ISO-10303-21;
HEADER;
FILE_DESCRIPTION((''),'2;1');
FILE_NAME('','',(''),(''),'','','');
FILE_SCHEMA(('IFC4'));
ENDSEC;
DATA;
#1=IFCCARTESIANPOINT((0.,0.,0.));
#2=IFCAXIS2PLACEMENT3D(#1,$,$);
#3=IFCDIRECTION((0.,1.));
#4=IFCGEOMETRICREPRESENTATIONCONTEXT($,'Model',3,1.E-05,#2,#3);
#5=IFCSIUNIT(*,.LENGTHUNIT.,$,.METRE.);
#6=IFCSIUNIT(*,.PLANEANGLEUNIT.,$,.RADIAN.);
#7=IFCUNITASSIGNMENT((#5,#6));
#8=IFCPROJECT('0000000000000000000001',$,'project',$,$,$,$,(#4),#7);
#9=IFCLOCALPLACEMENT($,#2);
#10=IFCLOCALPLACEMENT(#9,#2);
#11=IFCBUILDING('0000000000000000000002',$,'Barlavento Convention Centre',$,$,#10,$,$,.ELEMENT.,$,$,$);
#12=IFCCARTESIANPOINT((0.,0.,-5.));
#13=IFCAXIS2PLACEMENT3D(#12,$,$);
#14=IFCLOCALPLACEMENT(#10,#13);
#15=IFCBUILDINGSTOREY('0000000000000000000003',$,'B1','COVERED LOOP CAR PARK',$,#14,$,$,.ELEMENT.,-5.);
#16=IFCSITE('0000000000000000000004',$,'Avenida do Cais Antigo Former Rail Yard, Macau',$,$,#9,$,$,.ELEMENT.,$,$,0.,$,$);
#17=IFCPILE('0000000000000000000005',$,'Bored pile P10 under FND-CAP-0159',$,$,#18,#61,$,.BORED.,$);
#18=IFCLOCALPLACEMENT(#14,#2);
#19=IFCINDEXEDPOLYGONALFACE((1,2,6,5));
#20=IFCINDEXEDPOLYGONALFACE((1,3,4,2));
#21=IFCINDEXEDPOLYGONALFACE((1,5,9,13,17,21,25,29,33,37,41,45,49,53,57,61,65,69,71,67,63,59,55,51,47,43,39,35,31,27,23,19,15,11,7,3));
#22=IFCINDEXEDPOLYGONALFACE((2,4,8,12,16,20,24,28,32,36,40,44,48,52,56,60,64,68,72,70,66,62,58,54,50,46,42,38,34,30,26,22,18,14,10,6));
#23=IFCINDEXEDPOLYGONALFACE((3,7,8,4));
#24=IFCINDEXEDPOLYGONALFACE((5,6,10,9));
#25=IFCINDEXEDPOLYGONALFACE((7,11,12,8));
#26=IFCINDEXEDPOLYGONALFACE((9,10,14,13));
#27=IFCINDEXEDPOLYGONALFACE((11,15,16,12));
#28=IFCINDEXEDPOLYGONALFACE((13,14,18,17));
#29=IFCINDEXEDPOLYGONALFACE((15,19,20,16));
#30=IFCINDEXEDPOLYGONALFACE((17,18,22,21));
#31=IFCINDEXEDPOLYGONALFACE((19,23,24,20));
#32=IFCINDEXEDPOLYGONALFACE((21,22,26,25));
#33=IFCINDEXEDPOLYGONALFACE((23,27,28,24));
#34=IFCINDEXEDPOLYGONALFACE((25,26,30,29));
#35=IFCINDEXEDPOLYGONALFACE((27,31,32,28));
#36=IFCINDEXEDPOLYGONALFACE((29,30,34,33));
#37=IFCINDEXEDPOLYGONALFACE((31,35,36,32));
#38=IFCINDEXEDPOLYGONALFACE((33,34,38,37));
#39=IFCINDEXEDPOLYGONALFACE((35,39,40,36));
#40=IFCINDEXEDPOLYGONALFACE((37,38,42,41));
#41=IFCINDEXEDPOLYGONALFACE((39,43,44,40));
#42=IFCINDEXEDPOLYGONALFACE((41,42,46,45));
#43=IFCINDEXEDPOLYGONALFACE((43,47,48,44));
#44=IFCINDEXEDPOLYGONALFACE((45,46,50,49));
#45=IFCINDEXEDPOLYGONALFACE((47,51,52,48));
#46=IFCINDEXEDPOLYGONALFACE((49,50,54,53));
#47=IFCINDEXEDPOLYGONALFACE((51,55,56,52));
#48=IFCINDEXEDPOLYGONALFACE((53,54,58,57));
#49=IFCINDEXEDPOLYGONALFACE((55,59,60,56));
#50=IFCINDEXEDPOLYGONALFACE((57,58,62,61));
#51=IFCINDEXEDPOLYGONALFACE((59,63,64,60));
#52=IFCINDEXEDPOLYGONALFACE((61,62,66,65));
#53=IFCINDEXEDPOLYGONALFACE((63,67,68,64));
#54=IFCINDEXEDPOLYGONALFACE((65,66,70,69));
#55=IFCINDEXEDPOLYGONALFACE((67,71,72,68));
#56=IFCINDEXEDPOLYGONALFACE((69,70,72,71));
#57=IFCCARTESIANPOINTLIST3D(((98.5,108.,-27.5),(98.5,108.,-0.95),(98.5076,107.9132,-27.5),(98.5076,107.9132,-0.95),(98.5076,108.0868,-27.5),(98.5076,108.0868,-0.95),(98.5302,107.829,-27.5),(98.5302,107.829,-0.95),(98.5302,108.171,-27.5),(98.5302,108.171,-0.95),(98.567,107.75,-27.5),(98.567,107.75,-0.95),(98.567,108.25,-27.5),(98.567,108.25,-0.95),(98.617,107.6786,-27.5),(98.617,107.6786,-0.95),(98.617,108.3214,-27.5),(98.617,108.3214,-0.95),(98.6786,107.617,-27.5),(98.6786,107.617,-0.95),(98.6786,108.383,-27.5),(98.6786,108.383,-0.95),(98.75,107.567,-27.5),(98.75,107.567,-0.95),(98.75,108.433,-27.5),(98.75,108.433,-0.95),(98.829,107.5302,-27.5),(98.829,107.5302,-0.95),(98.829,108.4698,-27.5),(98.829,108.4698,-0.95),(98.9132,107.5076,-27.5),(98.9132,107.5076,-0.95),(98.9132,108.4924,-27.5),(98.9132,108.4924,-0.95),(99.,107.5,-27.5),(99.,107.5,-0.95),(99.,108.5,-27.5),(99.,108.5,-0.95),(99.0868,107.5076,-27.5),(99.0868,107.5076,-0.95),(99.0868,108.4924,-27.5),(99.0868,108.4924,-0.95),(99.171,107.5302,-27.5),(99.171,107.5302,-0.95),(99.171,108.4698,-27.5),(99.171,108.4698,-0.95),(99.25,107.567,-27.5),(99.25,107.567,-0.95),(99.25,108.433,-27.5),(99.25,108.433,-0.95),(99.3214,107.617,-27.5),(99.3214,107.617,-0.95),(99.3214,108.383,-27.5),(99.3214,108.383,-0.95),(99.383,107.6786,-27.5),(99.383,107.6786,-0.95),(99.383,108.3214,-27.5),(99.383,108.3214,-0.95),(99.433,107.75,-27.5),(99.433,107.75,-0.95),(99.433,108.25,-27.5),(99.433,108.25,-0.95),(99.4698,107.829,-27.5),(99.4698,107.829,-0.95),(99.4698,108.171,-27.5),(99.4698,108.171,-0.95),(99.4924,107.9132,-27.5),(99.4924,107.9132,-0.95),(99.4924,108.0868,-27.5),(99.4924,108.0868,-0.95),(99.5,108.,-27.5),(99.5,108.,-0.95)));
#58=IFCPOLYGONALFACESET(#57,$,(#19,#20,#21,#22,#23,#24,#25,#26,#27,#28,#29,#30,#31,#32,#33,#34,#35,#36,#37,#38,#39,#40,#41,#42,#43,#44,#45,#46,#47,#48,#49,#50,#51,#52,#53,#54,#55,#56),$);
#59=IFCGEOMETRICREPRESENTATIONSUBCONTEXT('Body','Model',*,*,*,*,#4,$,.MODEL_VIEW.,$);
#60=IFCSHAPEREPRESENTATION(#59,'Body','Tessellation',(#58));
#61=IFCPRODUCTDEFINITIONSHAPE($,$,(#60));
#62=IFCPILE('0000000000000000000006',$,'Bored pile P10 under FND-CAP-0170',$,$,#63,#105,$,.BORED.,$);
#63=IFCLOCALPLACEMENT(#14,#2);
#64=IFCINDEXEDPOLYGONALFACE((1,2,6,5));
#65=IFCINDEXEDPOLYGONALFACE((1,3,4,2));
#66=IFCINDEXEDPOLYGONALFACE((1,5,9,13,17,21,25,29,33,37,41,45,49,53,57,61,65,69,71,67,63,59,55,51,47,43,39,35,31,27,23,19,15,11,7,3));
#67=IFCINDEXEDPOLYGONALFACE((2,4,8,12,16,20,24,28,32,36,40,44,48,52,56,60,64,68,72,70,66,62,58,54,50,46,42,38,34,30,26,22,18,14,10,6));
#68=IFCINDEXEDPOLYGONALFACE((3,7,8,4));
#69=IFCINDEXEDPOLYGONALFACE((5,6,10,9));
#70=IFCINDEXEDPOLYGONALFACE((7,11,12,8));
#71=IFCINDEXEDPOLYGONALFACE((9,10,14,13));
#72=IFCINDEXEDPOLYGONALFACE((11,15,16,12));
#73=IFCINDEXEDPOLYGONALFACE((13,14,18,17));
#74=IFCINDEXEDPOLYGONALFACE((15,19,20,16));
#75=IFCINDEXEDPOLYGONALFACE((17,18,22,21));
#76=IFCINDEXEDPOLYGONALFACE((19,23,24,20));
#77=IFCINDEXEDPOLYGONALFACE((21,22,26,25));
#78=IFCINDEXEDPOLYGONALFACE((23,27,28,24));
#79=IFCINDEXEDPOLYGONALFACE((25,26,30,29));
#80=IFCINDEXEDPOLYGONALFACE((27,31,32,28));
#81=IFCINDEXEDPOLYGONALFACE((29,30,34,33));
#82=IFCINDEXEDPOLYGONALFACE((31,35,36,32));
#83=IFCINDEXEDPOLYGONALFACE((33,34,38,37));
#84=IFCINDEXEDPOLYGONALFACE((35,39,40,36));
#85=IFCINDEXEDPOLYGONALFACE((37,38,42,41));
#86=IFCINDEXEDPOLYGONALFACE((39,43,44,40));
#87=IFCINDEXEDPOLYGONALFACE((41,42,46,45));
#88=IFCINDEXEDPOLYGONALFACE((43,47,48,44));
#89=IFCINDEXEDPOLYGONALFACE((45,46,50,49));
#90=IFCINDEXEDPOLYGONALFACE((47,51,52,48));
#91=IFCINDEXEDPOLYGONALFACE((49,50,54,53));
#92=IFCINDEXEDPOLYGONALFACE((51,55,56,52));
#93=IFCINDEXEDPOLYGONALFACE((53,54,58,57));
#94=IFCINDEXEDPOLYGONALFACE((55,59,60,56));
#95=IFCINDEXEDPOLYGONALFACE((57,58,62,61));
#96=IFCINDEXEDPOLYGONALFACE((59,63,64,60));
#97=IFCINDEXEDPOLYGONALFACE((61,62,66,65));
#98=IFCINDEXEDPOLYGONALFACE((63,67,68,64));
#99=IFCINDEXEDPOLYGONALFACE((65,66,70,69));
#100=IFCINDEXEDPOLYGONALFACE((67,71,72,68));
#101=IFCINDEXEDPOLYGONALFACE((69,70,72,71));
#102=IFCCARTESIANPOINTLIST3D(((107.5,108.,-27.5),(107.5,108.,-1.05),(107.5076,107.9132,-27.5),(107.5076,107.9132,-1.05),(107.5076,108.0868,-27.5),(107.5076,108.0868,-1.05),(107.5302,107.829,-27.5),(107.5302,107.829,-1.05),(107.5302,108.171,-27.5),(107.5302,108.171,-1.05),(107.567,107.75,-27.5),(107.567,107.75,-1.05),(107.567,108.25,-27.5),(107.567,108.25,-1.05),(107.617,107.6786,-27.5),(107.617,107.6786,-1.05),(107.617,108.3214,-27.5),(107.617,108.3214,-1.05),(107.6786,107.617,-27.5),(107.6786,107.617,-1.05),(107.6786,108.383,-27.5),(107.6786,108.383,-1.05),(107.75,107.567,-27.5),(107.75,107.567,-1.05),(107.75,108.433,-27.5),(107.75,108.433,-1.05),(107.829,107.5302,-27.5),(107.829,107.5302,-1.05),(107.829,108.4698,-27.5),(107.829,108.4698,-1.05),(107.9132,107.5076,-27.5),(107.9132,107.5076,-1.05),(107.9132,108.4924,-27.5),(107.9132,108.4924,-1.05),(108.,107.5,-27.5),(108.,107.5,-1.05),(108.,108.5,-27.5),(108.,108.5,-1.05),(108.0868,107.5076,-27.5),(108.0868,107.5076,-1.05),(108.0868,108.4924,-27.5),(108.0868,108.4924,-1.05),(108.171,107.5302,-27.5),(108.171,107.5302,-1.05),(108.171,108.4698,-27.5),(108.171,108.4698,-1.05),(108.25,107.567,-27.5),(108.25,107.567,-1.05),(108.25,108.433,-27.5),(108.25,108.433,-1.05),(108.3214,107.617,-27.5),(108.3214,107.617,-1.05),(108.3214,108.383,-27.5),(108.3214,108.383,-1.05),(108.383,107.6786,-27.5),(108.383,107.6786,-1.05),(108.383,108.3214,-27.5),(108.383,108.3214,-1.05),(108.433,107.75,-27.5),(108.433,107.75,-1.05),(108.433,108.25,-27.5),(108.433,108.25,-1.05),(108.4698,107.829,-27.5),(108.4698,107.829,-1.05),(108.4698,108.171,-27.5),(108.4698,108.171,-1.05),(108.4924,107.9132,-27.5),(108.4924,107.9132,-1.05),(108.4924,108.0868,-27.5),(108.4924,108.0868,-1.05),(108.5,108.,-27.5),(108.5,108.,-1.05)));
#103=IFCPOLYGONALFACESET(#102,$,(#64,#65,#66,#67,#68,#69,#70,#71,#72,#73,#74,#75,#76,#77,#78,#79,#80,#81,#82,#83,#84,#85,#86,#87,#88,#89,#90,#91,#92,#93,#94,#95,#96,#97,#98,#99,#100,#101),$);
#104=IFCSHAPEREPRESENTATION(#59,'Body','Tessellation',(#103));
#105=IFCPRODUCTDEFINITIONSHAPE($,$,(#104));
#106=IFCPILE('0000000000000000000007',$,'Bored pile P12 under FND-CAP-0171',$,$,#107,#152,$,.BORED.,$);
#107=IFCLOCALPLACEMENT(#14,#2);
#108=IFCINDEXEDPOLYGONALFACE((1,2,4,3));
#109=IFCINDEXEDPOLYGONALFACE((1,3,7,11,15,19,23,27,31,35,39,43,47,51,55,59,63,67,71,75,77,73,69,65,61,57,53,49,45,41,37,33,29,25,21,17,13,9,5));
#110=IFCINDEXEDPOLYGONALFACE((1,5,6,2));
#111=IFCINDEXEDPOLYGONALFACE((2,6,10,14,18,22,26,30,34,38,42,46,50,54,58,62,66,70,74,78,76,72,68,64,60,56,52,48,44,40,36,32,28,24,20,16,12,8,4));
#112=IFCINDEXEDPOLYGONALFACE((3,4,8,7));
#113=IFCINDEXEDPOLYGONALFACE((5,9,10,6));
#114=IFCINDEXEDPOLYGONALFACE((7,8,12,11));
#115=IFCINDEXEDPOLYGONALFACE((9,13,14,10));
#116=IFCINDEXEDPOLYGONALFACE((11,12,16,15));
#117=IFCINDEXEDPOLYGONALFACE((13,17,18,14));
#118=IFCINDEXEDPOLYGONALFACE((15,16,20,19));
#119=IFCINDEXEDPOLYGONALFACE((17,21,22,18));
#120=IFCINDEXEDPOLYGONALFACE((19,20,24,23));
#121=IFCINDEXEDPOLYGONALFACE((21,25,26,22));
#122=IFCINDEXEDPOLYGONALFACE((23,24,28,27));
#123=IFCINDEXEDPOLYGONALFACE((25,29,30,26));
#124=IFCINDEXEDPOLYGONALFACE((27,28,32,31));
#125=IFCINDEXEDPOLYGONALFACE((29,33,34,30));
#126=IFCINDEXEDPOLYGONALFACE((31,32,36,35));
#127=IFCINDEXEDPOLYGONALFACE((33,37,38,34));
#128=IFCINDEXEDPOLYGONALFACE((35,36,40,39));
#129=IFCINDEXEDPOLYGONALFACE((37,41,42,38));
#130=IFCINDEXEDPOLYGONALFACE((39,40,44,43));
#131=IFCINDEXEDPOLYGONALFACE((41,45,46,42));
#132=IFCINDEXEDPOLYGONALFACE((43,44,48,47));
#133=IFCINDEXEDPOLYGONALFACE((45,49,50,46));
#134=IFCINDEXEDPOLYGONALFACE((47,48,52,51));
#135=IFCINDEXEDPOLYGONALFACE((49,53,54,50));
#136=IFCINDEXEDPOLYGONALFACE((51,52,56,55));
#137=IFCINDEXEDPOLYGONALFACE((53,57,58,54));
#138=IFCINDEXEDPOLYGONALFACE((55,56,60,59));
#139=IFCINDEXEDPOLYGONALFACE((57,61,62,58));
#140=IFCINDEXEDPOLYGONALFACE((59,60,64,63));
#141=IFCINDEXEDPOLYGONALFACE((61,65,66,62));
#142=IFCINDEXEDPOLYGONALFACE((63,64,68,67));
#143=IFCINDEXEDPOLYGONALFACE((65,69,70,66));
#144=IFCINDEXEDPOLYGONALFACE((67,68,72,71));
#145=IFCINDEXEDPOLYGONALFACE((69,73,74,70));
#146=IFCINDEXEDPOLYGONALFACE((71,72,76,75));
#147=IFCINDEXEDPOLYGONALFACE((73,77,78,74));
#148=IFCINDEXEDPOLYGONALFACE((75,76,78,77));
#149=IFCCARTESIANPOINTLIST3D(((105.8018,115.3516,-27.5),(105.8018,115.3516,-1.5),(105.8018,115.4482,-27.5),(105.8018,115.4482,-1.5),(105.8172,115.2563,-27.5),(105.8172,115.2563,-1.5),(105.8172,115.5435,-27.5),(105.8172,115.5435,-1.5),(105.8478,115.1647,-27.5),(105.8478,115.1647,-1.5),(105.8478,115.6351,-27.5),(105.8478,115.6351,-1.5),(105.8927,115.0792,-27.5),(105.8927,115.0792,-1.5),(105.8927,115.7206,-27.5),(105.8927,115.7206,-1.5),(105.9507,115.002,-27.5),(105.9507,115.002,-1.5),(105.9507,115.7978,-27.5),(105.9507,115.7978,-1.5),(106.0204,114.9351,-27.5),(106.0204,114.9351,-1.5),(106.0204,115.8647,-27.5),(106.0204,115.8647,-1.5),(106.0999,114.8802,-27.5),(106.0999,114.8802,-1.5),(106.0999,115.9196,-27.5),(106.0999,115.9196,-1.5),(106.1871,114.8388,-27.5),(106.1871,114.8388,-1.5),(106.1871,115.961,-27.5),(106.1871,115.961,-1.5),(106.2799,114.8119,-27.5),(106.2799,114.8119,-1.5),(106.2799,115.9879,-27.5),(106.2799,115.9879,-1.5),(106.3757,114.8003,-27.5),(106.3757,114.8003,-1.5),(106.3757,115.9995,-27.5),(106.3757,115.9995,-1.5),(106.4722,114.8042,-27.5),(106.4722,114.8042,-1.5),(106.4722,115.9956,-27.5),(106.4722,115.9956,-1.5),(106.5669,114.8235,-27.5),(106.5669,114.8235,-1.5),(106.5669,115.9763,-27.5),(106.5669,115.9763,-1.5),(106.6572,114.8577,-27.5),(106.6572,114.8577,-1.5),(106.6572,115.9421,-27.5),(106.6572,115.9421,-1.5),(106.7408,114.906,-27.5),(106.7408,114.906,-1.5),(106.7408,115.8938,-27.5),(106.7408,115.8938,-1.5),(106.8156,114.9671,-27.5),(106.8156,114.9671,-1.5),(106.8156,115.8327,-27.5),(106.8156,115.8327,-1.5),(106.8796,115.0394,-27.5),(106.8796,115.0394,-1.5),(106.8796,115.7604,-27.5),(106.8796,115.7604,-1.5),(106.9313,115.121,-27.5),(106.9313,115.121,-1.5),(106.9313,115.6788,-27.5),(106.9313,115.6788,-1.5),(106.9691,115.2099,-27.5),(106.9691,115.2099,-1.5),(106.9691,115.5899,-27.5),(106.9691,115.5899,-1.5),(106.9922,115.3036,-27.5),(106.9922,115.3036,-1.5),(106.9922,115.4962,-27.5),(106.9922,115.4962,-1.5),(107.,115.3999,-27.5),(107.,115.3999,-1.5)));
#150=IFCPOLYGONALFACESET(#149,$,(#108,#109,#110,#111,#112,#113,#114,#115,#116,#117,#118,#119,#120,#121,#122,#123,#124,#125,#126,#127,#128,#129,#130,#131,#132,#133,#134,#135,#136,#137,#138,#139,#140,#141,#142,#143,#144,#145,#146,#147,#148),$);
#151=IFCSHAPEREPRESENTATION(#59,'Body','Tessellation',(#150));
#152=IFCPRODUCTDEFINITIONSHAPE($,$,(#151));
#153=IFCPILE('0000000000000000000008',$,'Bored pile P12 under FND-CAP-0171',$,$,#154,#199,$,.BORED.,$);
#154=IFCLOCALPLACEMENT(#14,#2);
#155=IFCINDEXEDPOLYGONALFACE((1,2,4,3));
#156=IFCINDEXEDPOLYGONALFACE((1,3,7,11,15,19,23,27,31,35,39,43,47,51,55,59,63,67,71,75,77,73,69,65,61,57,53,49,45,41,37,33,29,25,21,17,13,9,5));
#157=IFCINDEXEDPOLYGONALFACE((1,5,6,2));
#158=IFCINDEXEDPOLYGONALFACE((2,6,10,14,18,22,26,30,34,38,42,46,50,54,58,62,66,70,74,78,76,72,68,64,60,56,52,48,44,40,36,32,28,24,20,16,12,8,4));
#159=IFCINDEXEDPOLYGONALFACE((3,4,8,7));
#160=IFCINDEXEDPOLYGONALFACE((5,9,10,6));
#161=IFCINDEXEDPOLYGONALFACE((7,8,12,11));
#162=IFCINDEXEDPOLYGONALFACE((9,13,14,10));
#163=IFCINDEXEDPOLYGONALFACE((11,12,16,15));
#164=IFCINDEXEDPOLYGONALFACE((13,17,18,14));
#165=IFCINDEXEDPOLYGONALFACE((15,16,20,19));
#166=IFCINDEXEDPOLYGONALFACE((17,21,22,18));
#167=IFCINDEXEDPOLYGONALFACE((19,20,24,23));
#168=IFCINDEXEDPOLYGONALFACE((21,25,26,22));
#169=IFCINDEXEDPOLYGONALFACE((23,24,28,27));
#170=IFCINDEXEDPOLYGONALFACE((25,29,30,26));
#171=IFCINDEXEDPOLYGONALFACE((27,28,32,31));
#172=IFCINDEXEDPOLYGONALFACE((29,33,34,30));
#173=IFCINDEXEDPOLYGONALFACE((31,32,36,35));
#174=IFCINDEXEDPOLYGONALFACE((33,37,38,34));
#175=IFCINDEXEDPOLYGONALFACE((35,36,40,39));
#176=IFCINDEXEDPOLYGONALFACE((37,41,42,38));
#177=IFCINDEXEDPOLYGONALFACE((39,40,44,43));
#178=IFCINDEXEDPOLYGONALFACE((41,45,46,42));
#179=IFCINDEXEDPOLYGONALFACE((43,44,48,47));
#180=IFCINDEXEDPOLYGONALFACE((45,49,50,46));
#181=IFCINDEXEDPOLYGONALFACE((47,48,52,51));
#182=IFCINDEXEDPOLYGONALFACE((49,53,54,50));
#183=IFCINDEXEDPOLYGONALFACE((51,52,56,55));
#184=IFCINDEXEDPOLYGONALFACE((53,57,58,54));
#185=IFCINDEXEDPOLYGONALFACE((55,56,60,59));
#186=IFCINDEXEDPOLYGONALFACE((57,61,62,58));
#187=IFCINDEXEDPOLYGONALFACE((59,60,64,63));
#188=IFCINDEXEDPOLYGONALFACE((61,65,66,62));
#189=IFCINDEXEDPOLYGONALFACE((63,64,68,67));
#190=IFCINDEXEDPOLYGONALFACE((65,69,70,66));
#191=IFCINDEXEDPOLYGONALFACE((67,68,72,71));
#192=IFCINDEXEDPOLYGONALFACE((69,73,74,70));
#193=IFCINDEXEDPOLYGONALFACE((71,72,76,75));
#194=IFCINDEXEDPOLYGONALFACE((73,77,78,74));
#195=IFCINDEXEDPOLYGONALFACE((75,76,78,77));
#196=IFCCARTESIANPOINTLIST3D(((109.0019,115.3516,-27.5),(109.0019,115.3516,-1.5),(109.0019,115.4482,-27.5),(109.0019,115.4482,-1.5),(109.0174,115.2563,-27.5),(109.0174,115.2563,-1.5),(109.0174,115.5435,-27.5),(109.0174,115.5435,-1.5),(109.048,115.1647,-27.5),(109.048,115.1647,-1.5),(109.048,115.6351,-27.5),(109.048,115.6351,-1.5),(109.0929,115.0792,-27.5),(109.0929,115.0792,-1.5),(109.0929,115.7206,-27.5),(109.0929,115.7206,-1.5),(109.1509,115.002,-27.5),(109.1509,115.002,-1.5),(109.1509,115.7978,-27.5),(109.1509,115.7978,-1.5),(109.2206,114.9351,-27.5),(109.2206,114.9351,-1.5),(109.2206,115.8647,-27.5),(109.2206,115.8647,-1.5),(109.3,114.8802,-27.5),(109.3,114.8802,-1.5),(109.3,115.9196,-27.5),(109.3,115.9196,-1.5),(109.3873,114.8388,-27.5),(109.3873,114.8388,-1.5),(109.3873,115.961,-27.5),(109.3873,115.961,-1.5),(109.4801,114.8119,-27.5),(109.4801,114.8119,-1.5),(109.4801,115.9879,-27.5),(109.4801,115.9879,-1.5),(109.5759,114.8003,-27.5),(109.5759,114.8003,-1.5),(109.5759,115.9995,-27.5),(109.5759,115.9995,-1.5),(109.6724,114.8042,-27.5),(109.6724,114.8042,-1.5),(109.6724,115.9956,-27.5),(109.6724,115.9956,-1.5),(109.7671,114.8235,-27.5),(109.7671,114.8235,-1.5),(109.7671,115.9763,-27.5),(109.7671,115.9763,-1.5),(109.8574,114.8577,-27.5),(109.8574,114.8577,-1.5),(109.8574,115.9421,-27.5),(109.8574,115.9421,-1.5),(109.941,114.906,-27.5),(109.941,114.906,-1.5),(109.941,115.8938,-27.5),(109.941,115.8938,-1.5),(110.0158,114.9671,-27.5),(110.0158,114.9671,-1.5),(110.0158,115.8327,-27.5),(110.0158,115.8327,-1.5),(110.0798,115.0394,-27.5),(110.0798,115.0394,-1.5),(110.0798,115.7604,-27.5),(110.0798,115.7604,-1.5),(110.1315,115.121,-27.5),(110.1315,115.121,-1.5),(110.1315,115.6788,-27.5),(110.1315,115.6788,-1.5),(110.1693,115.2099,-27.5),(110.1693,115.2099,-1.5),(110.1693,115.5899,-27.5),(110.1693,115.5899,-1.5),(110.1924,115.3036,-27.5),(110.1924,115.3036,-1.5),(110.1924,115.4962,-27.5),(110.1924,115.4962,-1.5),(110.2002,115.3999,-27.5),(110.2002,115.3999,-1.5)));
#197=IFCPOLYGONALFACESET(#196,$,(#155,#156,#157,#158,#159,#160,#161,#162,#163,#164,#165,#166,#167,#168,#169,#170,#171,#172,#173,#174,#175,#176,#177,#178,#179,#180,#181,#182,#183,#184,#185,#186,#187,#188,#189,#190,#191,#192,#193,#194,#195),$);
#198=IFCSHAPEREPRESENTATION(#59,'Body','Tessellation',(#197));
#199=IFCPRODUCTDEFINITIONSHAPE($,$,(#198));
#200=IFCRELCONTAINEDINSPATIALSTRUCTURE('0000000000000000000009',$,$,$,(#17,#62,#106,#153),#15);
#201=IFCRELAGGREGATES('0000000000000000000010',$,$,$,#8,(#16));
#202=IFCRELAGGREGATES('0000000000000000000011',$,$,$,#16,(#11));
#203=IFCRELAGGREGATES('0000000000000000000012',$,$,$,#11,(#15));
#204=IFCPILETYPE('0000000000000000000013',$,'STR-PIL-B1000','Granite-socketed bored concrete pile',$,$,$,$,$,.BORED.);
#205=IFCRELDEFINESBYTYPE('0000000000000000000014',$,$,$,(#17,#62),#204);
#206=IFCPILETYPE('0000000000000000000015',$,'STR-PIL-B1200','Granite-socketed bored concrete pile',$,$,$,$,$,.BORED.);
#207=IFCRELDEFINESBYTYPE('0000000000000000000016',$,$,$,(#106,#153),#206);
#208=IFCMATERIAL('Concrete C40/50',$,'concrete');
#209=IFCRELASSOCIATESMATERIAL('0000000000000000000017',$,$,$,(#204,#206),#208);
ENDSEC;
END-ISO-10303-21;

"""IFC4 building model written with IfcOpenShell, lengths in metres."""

from ifc_helpers import new_model, si_unit, direction, frame, origin, origin_2d, place, context, subcontext, project, spatial, circle, extrude, material, material_profile, profile_set, type_object, element, save


model = new_model("IFC4")

# Units and contexts
model_context = context("Model", 3, precision=1e-05, world=origin(), true_north=direction((0.0, 1.0)))
body_context = subcontext(model_context, "Body", "Model", "MODEL_VIEW")
ifc_project = project(units=[si_unit("LENGTHUNIT", "METRE"), si_unit("PLANEANGLEUNIT", "RADIAN")], contexts=[model_context])

# Site, building, storey
site_placement = place(None, origin())
site = spatial("IfcSite", under=ifc_project, at=site_placement, Name="Avenida do Cais Antigo Former Rail Yard, Macau", CompositionType="ELEMENT", RefElevation=0.0)
building_placement = place(site_placement, origin())
building = spatial("IfcBuilding", under=site, at=building_placement, Name="Barlavento Convention Centre", CompositionType="ELEMENT")
storey_placement = place(building_placement, frame((0.0, 0.0, -5.0)))
storey = spatial("IfcBuildingStorey", under=building, at=storey_placement, Name="B1", Description="COVERED LOOP CAR PARK", CompositionType="ELEMENT", Elevation=-5.0)

# Shared definitions
ifc_material_1 = material(Name="Concrete C40/50", Category="concrete")

# Piles
ifc_material_profile_1 = material_profile(ifc_material_1, circle(Radius=0.5, at=origin_2d()), Name="BORED PILE 1000")
ifc_profile_set_1 = profile_set([ifc_material_profile_1], Name="Concrete C40/50")
pile_type_1 = type_object("IfcPileType", Name="STR-PIL-B1000", Description="Granite-socketed bored concrete pile", PredefinedType="BORED", material=ifc_profile_set_1)
pile_1_placement = place(storey_placement, frame((99.0, 108.0, -0.95), z_axis=(0.0, 0.0, -1.0), x_axis=(1.0, 0.0, 0.0)))
element("IfcPile", 1, at=pile_1_placement, inside=storey, type_object=pile_type_1, Name="Bored pile P10 under FND-CAP-0159", PredefinedType="BORED", context=body_context, shape_type="SweptSolid", body=[
    extrude(circle(Radius=0.5, at=origin_2d()), origin(), (0.0, 0.0, 1.0), 26.55),
])
pile_2_placement = place(storey_placement, frame((108.0, 108.0, -1.05), z_axis=(0.0, 0.0, -1.0), x_axis=(1.0, 0.0, 0.0)))
element("IfcPile", 2, at=pile_2_placement, inside=storey, type_object=pile_type_1, Name="Bored pile P10 under FND-CAP-0170", PredefinedType="BORED", context=body_context, shape_type="SweptSolid", body=[
    extrude(circle(Radius=0.5, at=origin_2d()), origin(), (0.0, 0.0, 1.0), 26.45),
])
ifc_material_profile_2 = material_profile(ifc_material_1, circle(Radius=0.6001, at=origin_2d()), Name="BORED PILE 1200")
ifc_profile_set_2 = profile_set([ifc_material_profile_2], Name="Concrete C40/50")
pile_type_2 = type_object("IfcPileType", Name="STR-PIL-B1200", Description="Granite-socketed bored concrete pile", PredefinedType="BORED", material=ifc_profile_set_2)
for number, where, z_axis, x_axis, name in (
    (3, (106.3999, 115.3999, -1.5), (0.0, 0.0, -1.0), (1.0, 0.0, 0.0), "Bored pile P12 under FND-CAP-0171"),
    (4, (109.6001, 115.3999, -1.5), (0.0, 0.0, -1.0), (1.0, 0.0, 0.0), "Bored pile P12 under FND-CAP-0171"),
):
    element("IfcPile", number, at=place(storey_placement, frame(where, z_axis=z_axis, x_axis=x_axis)), inside=storey, type_object=pile_type_2, Name=name, PredefinedType="BORED", context=body_context, shape_type="SweptSolid", body=[
        extrude(circle(Radius=0.6001, at=origin_2d()), origin(), (0.0, 0.0, 1.0), 26.0),
    ])

save(model, "model.ifc")
